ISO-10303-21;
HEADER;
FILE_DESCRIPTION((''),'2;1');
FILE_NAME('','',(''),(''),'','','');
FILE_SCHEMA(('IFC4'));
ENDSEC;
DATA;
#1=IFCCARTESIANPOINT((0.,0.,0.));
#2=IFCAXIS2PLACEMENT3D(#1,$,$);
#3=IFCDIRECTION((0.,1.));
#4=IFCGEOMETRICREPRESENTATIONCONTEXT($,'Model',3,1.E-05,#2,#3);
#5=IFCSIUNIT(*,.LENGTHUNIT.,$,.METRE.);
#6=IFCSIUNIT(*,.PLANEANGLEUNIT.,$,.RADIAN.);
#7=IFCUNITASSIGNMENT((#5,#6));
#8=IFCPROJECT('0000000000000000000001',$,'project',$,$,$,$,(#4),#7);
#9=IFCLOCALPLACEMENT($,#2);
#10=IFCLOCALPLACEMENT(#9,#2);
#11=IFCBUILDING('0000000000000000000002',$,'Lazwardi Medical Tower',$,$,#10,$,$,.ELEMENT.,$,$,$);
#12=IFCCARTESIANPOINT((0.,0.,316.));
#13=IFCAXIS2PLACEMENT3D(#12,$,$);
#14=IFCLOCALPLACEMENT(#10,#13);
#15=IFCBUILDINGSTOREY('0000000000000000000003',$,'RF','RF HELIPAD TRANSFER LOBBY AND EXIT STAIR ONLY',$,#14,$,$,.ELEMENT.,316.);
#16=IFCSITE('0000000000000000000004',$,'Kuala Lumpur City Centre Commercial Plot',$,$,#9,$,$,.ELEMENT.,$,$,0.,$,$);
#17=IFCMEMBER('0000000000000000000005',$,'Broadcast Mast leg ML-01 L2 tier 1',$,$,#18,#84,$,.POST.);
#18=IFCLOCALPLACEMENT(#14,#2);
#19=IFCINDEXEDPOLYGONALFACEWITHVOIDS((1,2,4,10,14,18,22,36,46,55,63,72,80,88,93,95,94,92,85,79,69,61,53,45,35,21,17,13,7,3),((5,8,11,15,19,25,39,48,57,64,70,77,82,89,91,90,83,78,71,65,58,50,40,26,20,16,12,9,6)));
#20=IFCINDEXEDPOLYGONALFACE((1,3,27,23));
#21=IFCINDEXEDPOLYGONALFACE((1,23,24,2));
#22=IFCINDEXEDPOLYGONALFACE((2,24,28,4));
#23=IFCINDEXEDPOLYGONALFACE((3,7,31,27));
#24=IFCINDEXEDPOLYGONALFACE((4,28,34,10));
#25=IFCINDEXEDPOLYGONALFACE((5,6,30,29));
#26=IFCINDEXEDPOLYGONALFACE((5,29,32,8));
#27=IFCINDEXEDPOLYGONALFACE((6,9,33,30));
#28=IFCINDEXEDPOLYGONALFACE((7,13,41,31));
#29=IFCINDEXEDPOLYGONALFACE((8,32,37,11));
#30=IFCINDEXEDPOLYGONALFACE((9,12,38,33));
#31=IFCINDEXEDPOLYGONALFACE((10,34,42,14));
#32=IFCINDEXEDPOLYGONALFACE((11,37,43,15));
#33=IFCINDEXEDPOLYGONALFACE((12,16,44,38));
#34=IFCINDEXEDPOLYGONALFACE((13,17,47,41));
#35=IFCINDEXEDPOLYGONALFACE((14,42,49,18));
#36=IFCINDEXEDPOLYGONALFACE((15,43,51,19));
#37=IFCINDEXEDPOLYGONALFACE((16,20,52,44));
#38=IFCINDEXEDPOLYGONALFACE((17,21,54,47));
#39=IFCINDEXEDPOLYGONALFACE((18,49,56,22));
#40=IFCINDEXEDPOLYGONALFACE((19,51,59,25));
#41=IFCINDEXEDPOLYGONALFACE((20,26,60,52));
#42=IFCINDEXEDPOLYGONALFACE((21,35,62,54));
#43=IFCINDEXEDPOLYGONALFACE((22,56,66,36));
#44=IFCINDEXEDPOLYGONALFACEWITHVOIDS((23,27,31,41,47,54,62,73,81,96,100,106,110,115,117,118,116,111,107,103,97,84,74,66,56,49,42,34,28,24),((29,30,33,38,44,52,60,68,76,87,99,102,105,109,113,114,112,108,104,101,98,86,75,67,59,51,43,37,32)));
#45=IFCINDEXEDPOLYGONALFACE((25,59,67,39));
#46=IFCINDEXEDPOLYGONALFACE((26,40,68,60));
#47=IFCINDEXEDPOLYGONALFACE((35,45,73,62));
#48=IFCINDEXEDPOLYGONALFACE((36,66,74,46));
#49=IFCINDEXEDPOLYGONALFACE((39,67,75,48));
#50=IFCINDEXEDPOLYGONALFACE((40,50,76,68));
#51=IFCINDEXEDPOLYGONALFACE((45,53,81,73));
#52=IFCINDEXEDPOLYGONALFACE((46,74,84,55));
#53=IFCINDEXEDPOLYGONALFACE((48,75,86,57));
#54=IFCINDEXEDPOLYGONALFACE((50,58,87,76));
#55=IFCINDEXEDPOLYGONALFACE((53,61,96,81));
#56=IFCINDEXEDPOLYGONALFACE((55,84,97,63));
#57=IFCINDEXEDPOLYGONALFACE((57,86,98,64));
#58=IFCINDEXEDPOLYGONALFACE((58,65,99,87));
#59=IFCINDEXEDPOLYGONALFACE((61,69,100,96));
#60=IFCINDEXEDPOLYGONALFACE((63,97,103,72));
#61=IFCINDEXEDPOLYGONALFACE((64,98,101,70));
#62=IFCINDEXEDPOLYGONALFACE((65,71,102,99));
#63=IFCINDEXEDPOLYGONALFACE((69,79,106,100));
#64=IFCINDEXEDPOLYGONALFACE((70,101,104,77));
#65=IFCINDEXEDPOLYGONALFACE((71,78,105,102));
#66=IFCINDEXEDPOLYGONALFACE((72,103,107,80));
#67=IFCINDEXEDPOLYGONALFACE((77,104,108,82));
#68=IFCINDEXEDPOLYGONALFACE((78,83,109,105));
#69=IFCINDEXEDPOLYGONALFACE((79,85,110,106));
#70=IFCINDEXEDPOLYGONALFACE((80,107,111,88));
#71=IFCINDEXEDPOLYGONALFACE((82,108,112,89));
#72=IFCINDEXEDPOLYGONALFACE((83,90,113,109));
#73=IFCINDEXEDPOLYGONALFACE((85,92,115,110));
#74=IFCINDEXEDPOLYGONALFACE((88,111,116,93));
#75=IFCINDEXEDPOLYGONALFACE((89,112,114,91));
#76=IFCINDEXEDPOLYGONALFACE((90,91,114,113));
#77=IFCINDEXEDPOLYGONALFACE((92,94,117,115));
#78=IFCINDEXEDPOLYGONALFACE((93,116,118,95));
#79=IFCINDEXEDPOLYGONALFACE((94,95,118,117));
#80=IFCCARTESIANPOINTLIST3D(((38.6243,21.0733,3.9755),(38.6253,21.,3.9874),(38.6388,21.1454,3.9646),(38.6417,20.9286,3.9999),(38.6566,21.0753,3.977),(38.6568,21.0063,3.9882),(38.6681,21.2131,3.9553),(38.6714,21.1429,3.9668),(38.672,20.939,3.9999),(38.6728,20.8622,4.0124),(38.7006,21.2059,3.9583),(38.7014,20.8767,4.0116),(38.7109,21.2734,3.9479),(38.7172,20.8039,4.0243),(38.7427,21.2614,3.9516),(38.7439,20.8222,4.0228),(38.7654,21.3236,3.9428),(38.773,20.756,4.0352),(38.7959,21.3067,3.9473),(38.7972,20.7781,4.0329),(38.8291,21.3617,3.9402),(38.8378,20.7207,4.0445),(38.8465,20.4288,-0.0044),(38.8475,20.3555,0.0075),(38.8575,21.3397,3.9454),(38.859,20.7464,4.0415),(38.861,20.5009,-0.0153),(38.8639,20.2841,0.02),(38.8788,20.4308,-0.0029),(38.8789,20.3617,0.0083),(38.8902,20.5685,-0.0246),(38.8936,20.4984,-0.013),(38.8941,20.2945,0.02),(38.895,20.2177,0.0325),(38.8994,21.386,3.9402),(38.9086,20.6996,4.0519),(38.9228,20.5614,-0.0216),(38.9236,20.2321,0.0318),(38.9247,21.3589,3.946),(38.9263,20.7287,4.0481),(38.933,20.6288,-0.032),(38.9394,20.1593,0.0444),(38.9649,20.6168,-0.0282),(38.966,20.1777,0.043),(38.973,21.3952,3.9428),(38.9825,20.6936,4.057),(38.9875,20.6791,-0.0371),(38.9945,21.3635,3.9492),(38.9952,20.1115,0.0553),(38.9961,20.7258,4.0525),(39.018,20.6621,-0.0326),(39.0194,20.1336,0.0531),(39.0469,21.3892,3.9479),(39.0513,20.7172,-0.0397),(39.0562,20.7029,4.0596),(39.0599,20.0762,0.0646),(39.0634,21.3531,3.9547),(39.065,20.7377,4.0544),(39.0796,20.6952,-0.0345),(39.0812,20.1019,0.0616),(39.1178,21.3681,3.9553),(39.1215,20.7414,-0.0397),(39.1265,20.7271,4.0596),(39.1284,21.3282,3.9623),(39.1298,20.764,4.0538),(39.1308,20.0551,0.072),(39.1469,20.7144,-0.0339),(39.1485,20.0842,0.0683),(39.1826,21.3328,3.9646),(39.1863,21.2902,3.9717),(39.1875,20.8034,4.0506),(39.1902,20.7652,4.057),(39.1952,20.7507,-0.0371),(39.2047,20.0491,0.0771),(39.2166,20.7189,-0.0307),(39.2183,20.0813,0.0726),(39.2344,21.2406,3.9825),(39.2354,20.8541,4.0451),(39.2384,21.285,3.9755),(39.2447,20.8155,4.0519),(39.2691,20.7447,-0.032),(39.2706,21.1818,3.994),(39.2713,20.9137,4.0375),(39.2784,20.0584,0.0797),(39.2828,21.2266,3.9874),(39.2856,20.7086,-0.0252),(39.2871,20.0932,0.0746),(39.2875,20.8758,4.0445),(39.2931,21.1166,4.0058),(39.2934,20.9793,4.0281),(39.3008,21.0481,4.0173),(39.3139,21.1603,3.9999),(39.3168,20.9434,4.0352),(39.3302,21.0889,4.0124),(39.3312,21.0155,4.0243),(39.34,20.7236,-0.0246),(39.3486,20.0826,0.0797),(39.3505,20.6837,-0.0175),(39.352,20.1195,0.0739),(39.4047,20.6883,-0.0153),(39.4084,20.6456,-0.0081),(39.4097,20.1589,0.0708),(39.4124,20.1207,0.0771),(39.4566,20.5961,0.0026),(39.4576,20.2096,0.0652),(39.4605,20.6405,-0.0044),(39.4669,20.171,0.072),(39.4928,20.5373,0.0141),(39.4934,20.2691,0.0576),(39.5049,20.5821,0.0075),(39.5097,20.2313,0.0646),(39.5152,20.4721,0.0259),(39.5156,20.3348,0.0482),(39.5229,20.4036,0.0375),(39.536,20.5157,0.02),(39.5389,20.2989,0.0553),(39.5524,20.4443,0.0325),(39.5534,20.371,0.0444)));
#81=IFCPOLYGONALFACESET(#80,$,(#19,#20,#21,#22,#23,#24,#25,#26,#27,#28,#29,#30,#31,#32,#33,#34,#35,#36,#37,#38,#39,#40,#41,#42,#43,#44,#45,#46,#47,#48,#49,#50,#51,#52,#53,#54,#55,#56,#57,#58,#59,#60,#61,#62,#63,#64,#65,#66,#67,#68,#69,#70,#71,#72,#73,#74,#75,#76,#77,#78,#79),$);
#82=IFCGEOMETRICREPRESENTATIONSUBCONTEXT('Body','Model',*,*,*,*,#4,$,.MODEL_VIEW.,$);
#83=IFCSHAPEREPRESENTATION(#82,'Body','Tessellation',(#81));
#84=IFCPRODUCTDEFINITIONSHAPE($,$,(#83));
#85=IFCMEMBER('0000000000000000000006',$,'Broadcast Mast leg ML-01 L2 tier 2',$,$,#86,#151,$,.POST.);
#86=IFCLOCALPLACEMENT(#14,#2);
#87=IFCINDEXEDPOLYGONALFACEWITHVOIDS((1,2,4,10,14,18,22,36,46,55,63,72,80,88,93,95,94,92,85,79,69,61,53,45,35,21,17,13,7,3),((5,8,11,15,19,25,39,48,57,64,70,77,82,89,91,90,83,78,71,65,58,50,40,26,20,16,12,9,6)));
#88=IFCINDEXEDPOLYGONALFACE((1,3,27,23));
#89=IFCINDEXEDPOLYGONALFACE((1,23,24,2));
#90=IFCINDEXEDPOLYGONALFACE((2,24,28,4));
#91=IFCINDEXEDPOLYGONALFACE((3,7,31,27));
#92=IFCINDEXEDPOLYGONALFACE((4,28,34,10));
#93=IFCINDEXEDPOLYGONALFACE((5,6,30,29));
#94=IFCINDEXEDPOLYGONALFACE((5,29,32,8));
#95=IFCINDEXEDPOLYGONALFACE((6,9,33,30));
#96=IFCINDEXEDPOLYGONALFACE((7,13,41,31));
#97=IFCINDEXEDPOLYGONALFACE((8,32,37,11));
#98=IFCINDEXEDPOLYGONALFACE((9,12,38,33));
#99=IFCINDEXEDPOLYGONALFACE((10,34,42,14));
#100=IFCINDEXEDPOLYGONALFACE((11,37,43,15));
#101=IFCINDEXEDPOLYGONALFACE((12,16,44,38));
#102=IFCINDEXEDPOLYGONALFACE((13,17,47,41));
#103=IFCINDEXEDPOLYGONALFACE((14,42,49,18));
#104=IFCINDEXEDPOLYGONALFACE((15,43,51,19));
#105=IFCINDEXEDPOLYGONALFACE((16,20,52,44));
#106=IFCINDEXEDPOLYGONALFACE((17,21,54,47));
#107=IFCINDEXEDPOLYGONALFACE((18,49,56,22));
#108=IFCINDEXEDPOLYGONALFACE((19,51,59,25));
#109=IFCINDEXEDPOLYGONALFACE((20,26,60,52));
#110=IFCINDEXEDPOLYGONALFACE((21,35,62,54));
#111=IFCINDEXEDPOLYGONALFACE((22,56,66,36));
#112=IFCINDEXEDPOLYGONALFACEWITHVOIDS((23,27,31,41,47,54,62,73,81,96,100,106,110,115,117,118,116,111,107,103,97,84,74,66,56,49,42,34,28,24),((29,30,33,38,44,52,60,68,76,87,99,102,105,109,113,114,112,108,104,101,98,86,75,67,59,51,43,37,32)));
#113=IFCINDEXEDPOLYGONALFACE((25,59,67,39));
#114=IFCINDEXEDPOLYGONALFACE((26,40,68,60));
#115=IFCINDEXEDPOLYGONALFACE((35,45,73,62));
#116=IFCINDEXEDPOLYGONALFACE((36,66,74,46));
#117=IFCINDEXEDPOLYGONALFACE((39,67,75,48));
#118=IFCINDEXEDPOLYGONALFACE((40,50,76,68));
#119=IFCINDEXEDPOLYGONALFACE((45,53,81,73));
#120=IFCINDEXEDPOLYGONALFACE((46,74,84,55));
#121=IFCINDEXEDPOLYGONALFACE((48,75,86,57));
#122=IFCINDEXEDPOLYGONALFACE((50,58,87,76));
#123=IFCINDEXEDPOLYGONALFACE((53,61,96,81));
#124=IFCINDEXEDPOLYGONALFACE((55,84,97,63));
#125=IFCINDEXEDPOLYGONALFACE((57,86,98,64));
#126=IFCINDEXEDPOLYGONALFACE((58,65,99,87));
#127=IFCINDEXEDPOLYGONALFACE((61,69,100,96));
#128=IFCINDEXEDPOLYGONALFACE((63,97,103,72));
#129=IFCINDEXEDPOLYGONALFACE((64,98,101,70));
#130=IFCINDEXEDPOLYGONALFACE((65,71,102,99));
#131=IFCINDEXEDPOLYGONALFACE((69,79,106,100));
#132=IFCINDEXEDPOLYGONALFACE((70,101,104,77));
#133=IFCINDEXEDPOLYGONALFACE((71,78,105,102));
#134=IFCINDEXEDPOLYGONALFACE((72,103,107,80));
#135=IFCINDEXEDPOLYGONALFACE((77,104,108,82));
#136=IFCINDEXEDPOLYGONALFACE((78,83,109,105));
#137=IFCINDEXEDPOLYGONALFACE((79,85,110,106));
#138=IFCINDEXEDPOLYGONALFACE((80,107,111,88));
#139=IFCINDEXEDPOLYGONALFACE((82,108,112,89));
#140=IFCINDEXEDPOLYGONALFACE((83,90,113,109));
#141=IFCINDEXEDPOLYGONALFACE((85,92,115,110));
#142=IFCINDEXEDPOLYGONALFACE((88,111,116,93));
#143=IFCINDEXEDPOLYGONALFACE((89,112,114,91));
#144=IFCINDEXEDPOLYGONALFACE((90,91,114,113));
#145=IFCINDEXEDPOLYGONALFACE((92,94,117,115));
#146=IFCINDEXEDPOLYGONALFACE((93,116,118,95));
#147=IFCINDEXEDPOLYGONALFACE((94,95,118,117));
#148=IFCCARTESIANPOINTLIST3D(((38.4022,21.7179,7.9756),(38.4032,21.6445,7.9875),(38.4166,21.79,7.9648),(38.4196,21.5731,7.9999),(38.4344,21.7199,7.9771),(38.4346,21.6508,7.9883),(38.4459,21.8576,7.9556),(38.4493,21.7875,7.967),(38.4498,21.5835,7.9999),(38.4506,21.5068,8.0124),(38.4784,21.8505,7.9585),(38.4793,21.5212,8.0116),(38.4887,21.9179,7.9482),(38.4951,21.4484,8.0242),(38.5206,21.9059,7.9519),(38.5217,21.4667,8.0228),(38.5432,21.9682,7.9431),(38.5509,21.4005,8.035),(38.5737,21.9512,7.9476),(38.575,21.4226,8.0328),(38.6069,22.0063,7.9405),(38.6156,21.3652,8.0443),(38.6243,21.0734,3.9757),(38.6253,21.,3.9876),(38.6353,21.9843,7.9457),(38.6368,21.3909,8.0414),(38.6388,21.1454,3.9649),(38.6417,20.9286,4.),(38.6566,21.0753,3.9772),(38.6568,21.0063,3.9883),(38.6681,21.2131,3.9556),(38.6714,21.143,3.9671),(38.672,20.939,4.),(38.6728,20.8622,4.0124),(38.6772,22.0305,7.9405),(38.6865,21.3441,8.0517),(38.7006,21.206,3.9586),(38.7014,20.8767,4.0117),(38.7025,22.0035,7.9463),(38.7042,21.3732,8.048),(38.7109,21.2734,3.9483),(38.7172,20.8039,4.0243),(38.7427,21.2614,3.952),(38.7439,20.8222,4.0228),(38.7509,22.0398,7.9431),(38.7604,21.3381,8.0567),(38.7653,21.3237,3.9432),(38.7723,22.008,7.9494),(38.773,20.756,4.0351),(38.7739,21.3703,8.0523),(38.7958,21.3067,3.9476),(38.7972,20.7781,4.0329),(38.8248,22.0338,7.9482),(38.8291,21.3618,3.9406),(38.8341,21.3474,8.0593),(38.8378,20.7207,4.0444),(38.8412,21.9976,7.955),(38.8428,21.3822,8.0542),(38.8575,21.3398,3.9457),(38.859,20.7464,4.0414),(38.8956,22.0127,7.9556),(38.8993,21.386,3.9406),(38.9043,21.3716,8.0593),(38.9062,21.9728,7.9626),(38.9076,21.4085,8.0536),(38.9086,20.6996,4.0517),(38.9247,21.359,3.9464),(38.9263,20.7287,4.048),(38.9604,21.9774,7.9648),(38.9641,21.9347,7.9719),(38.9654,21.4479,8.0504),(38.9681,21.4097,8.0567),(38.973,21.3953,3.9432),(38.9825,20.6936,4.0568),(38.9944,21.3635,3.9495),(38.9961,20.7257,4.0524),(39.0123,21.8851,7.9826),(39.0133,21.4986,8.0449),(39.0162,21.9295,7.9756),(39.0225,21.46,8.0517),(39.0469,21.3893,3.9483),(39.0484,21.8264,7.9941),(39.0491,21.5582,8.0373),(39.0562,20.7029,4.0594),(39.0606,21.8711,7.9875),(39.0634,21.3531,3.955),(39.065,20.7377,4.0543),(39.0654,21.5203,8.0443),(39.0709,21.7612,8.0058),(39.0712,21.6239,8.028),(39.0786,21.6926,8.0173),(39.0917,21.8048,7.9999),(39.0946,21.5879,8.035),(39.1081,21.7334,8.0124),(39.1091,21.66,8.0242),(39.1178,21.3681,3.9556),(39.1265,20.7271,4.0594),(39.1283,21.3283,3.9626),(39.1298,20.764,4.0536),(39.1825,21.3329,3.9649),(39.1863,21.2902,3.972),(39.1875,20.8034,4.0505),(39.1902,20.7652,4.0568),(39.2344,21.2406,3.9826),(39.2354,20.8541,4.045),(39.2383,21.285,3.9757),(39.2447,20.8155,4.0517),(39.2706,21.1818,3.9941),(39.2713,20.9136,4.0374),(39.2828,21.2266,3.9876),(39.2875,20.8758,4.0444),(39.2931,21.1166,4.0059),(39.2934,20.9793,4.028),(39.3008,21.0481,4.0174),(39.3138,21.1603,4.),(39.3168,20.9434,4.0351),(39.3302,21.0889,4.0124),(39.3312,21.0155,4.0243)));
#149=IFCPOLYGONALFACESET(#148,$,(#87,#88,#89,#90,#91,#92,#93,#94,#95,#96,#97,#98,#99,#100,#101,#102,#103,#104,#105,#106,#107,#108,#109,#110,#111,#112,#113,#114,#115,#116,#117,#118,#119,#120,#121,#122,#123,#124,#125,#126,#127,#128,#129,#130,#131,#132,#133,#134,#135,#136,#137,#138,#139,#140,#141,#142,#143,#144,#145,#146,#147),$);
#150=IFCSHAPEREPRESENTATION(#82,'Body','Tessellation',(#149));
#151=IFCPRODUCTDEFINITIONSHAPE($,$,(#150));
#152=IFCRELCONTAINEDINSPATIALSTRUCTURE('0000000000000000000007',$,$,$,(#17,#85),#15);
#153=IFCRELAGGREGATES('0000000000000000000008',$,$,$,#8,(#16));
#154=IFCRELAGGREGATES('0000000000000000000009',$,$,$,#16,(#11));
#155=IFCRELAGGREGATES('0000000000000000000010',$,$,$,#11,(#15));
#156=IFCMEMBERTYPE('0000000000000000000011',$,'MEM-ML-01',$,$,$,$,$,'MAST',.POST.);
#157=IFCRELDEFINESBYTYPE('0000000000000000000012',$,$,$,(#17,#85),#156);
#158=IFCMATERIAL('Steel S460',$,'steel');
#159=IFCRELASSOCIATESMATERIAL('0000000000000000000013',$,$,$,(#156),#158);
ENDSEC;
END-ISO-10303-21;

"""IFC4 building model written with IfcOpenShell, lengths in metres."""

from ifc_helpers import new_model, si_unit, direction, frame, origin, origin_2d, place, context, subcontext, project, spatial, hollow_circle, extrude, material, material_profile, profile_set, type_object, element, save


model = new_model("IFC4")

# Units and contexts
model_context = context("Model", 3, precision=1e-05, world=origin(), true_north=direction((0.0, 1.0)))
body_context = subcontext(model_context, "Body", "Model", "MODEL_VIEW")
ifc_project = project(units=[si_unit("LENGTHUNIT", "METRE"), si_unit("PLANEANGLEUNIT", "RADIAN")], contexts=[model_context])

# Site, building, storey
site_placement = place(None, origin())
site = spatial("IfcSite", under=ifc_project, at=site_placement, Name="Kuala Lumpur City Centre Commercial Plot", CompositionType="ELEMENT", RefElevation=0.0)
building_placement = place(site_placement, origin())
building = spatial("IfcBuilding", under=site, at=building_placement, Name="Lazwardi Medical Tower", CompositionType="ELEMENT")
storey_placement = place(building_placement, frame((0.0, 0.0, 316.0)))
storey = spatial("IfcBuildingStorey", under=building, at=storey_placement, Name="RF", Description="RF HELIPAD TRANSFER LOBBY AND EXIT STAIR ONLY", CompositionType="ELEMENT", Elevation=316.0)

# Members
ifc_material_1 = material(Name="Steel S460", Category="steel")
ifc_material_profile_1 = material_profile(ifc_material_1, hollow_circle(Radius=0.3555, WallThickness=0.032, at=origin_2d()), Name="CHS 711x32")
ifc_profile_set_1 = profile_set([ifc_material_profile_1], Name="Steel S460")
member_type_1 = type_object("IfcMemberType", Name="MEM-ML-01", ElementType="MAST", PredefinedType="POST", material=ifc_profile_set_1)
member_1_placement = place(storey_placement, frame((39.2, 20.3999, 0.02), z_axis=(-0.05502, 0.159619, 0.985644), x_axis=(-0.945411, -0.32588, 0.0)))
element("IfcMember", 1, at=member_1_placement, inside=storey, type_object=member_type_1, Name="Broadcast Mast leg ML-01 L2 tier 1", PredefinedType="POST", context=body_context, shape_type="SweptSolid", body=[
    extrude(hollow_circle(Radius=0.3555, WallThickness=0.032, at=origin_2d()), origin(), (0.0, 0.0, 1.0), 4.0378),
])
for number, where, z_axis, x_axis, name in (
    (2, (38.9778, 21.0444, 4.0), (-0.054752, 0.158842, 0.985785), (-0.945411, -0.32588, 0.0), "Broadcast Mast leg ML-01 L2 tier 2"),
):
    element("IfcMember", number, at=place(storey_placement, frame(where, z_axis=z_axis, x_axis=x_axis)), inside=storey, type_object=member_type_1, Name=name, PredefinedType="POST", context=body_context, shape_type="SweptSolid", body=[
        extrude(hollow_circle(Radius=0.3555, WallThickness=0.032, at=origin_2d()), origin(), (0.0, 0.0, 1.0), 4.0576),
    ])

save(model, "model.ifc")
